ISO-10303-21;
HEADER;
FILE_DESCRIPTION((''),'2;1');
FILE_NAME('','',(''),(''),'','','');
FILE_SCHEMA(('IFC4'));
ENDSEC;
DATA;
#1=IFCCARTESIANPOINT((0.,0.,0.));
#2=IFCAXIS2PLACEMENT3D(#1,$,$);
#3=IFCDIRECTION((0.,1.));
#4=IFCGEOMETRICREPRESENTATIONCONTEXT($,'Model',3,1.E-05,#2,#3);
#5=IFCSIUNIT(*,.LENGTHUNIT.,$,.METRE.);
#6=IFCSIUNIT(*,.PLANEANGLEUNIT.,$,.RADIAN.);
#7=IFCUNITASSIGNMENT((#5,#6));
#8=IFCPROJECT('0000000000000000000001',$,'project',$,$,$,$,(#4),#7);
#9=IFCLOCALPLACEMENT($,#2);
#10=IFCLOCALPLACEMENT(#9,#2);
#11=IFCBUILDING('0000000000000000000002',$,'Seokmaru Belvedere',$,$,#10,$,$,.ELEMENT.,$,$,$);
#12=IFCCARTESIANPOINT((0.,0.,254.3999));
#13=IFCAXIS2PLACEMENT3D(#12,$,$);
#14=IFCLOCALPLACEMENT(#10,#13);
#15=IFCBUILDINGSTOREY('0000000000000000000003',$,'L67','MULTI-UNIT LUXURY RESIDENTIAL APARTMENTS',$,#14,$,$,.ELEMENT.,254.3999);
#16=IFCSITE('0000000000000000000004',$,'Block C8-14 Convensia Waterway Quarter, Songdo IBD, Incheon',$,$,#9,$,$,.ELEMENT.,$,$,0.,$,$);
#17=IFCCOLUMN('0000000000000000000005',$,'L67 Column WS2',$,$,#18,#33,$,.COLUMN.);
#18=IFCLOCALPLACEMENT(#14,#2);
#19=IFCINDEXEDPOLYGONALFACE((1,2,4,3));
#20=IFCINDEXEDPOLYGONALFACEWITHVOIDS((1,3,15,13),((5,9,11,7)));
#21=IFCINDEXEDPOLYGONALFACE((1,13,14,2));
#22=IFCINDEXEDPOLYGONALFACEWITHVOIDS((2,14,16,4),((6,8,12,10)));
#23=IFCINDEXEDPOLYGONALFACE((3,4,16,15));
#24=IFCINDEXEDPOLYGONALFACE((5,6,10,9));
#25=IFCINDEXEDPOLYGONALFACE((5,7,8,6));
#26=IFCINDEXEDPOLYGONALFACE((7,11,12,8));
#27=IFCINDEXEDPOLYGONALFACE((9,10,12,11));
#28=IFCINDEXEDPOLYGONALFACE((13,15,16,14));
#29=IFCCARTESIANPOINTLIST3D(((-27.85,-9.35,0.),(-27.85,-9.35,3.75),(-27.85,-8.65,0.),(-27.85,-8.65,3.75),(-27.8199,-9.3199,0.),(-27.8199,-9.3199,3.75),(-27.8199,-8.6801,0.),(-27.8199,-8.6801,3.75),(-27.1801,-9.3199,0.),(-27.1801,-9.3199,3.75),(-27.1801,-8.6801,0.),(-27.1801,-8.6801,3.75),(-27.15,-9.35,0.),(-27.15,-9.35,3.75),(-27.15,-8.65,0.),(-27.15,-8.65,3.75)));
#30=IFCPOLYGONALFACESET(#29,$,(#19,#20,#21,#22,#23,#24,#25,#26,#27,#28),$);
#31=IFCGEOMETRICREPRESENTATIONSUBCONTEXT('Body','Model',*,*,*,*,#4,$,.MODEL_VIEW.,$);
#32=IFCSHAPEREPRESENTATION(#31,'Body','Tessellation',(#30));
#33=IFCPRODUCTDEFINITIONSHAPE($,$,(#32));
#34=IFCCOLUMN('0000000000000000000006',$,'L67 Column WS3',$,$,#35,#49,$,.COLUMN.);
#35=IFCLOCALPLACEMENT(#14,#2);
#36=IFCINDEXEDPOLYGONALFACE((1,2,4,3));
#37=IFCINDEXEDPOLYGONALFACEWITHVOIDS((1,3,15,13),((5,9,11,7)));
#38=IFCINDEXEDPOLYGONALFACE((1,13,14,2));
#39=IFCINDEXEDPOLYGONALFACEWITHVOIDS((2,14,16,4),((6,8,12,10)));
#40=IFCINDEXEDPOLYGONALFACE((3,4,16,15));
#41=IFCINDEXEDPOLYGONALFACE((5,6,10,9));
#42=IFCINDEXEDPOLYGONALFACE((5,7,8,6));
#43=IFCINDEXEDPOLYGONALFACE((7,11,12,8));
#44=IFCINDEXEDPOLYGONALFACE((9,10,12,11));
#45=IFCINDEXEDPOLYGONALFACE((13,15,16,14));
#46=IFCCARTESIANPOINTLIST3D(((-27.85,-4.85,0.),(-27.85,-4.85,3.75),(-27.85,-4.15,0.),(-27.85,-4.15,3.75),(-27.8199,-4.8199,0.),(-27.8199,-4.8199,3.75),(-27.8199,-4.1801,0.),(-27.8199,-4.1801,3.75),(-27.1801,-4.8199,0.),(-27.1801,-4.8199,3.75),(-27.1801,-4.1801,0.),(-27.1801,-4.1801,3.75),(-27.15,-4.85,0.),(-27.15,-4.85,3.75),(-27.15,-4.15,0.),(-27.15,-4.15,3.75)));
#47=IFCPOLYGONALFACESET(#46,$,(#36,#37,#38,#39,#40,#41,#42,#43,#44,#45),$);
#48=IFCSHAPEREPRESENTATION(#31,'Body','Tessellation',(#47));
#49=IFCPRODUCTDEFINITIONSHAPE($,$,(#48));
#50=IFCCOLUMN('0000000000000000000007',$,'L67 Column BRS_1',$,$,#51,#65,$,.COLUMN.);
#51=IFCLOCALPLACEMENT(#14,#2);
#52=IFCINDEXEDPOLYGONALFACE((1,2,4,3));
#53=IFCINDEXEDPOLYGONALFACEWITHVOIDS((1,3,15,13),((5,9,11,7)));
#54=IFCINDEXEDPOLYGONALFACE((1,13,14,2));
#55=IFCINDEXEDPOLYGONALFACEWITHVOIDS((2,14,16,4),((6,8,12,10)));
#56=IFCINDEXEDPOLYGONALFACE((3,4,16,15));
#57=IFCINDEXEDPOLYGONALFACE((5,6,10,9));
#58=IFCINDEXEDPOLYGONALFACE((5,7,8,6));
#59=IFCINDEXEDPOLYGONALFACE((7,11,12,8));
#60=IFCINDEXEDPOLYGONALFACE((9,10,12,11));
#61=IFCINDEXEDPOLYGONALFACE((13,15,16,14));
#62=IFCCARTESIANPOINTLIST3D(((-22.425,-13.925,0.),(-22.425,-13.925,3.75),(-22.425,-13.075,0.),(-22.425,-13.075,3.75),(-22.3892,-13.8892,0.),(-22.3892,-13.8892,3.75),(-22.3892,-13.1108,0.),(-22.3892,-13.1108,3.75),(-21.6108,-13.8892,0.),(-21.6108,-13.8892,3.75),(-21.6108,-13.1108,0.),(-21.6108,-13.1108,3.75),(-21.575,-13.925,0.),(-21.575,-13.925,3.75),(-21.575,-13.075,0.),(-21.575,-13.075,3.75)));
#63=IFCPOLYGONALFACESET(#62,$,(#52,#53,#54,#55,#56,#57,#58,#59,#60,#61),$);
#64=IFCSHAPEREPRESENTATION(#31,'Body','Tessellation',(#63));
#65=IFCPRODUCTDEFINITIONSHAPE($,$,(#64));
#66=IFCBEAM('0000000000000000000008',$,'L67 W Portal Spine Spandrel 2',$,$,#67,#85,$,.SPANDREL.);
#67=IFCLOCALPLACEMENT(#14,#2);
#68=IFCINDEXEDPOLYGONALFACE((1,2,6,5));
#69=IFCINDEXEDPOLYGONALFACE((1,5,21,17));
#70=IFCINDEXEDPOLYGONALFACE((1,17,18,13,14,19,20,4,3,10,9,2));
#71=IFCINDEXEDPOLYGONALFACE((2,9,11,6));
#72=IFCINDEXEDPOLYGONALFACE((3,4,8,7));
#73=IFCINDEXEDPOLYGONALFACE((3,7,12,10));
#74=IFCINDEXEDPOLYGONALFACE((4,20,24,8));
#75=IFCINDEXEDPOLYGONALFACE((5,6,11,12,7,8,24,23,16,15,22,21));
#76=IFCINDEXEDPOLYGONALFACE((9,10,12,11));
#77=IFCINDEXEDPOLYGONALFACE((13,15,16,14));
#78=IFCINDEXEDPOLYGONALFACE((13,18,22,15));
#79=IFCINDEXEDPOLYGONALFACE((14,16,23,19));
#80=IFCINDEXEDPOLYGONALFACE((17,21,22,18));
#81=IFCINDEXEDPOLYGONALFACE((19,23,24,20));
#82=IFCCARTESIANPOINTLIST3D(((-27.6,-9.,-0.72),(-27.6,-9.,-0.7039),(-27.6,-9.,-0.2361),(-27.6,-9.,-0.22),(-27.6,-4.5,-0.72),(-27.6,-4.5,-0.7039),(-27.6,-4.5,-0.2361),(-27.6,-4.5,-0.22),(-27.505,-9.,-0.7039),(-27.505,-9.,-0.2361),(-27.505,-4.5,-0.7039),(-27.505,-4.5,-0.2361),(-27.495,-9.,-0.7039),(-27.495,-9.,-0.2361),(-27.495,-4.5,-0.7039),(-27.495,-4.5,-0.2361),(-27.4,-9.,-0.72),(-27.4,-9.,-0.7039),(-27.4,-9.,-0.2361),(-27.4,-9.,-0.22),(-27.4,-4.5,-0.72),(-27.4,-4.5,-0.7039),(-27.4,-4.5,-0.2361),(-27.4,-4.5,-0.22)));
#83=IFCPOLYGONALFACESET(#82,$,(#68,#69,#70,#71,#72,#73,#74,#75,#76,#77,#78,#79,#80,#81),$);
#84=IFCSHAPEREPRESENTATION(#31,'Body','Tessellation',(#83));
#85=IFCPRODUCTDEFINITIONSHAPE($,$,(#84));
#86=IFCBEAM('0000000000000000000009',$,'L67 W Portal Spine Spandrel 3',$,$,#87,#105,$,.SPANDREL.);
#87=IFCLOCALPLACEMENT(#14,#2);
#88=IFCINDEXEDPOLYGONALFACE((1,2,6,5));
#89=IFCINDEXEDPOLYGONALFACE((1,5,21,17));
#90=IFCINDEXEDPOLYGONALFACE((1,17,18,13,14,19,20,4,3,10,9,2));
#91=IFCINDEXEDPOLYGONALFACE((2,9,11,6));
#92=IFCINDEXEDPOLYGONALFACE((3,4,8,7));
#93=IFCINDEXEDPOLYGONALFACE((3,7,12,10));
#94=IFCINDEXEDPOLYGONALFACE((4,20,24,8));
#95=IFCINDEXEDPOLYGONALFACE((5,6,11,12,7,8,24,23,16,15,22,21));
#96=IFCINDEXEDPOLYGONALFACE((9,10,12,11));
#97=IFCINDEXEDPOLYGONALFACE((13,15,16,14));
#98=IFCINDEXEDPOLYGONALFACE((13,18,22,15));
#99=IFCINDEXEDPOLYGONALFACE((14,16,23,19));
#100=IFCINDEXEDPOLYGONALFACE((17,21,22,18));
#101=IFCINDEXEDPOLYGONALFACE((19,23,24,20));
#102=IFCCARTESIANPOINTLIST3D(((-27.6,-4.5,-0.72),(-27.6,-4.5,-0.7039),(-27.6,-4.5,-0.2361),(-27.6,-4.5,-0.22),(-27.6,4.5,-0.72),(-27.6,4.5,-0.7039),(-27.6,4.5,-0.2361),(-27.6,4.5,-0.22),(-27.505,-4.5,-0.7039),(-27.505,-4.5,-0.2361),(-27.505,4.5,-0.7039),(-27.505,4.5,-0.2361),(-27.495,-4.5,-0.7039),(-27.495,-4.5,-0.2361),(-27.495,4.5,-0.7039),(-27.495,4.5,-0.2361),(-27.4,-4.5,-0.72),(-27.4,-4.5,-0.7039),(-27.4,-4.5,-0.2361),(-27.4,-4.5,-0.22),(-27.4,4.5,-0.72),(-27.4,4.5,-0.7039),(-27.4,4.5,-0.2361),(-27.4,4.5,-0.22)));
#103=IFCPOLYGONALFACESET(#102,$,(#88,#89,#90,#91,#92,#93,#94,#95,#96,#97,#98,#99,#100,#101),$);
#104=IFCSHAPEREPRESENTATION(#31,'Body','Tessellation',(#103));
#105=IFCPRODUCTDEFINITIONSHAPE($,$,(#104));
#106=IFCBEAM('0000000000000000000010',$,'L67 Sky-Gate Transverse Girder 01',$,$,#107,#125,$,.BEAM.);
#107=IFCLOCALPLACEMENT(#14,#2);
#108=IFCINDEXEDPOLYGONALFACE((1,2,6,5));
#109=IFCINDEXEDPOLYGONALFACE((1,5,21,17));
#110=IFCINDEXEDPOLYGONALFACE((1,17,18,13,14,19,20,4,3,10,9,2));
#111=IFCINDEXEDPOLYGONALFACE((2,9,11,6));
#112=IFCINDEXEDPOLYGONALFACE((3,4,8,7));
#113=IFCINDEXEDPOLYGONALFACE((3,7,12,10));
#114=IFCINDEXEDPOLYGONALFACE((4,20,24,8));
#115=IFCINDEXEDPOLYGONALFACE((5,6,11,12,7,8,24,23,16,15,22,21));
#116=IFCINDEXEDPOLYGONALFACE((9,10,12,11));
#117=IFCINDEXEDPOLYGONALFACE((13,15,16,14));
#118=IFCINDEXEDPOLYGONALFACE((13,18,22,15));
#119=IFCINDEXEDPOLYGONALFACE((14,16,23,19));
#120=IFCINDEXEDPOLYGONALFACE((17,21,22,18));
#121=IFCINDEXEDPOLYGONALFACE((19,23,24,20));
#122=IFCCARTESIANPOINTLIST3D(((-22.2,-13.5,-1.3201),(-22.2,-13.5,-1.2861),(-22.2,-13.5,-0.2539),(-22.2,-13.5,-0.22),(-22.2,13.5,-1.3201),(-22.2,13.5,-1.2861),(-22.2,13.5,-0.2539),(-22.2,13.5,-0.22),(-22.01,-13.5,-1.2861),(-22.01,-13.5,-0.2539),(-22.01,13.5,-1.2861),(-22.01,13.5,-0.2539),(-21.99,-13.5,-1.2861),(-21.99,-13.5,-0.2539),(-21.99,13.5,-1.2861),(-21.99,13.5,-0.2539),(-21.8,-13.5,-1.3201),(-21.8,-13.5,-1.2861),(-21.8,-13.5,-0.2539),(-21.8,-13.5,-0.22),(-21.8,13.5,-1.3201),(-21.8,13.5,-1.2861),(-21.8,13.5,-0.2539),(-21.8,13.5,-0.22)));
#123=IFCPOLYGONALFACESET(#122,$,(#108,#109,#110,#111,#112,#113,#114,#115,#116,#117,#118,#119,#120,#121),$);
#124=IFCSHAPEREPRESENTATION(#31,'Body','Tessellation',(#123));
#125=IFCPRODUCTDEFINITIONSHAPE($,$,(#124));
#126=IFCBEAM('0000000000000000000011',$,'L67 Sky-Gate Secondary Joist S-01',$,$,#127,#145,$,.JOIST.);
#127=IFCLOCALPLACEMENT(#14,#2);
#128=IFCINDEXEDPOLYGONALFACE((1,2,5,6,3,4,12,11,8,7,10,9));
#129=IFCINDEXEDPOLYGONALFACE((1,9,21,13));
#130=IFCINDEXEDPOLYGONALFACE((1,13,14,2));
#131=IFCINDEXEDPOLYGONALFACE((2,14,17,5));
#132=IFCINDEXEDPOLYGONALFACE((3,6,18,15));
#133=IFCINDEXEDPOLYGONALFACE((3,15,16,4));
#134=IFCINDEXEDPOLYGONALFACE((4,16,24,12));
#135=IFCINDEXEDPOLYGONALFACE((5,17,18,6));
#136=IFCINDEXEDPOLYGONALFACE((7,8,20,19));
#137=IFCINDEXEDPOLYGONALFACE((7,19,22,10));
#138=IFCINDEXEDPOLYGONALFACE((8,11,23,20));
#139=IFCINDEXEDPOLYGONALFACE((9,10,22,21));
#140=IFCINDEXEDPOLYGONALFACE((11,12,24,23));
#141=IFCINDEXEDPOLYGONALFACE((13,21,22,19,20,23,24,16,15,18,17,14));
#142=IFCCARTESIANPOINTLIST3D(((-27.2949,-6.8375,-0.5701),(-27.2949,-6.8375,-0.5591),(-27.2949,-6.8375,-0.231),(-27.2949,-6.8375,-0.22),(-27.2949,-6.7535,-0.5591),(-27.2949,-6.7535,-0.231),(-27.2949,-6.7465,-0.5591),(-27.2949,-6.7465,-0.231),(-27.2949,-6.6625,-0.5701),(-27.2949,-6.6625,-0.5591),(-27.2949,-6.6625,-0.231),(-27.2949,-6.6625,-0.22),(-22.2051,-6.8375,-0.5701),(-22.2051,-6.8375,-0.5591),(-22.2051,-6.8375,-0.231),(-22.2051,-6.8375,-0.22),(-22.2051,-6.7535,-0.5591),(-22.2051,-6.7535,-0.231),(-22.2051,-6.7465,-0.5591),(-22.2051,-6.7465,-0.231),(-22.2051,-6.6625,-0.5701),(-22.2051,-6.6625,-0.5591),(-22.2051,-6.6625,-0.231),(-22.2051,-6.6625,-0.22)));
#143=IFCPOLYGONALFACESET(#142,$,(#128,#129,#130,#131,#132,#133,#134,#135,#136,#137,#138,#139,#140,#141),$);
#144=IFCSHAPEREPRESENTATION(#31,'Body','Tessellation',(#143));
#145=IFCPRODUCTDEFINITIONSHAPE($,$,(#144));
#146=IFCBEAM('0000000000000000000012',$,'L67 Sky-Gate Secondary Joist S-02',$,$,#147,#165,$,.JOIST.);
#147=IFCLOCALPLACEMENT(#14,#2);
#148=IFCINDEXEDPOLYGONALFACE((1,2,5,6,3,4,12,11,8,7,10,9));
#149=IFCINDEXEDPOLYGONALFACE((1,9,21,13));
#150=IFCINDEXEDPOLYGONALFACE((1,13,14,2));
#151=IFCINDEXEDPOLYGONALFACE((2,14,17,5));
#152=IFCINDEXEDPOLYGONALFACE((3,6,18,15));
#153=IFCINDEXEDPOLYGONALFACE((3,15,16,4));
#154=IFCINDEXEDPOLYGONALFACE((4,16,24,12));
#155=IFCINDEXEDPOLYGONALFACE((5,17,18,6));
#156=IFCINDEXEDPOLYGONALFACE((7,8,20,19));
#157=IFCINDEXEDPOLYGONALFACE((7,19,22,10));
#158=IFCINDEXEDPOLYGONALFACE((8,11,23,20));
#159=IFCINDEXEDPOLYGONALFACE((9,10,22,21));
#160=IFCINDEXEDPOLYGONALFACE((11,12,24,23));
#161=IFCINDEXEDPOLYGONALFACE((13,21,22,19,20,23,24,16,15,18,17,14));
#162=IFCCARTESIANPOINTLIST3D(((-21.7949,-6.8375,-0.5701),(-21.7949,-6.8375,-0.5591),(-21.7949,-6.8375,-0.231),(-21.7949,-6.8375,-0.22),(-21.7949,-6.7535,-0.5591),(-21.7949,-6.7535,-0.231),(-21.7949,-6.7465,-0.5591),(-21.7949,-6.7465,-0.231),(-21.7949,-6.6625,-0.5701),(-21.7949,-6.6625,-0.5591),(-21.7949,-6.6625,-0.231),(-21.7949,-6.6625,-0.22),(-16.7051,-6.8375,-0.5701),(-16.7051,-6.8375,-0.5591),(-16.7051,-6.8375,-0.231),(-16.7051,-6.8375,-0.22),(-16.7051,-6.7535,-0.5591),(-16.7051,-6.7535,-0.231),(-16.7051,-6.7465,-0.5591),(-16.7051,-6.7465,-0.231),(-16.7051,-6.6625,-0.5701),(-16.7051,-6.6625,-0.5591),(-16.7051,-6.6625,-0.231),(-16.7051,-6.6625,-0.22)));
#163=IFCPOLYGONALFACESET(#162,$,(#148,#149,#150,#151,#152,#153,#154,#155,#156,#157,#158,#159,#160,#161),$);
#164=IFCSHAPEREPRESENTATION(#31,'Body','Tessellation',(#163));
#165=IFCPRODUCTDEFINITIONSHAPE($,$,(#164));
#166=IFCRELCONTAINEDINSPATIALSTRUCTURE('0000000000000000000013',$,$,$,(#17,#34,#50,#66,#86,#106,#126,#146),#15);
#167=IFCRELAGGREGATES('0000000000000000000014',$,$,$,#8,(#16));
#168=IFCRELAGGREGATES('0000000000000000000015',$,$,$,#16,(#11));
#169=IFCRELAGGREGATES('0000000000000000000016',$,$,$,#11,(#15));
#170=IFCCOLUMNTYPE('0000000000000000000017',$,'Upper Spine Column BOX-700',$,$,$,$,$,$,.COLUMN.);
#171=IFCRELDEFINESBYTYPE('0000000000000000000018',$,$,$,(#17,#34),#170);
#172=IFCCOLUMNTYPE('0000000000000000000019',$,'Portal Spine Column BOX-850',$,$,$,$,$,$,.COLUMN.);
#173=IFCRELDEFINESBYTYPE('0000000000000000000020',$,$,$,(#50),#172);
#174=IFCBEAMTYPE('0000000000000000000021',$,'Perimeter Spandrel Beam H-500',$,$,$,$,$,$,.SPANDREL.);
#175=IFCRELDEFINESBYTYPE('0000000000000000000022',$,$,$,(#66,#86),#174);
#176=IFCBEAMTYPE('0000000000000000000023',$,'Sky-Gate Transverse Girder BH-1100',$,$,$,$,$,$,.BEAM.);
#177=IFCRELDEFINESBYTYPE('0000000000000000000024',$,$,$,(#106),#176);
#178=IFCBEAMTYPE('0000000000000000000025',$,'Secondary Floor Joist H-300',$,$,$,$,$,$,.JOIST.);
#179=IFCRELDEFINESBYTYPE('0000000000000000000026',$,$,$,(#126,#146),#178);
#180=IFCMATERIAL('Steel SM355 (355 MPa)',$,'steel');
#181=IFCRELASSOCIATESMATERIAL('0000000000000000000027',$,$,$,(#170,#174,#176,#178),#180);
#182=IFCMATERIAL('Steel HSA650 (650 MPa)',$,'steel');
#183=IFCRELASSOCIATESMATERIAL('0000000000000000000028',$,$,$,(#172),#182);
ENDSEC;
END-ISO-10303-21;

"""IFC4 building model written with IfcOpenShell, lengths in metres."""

from ifc_helpers import new_model, si_unit, direction, frame, origin, origin_2d, place, context, subcontext, project, spatial, hollow_rectangle, i_section, extrude, source, transform, mapped, material, material_profile, profile_set, type_object, type_shapes, element, save


model = new_model("IFC4")

# Units and contexts
model_context = context("Model", 3, precision=1e-05, world=origin(), true_north=direction((0.0, 1.0)))
body_context = subcontext(model_context, "Body", "Model", "MODEL_VIEW")
ifc_project = project(units=[si_unit("LENGTHUNIT", "METRE"), si_unit("PLANEANGLEUNIT", "RADIAN")], contexts=[model_context])

# Site, building, storey
site_placement = place(None, origin())
site = spatial("IfcSite", under=ifc_project, at=site_placement, Name="Block C8-14 Convensia Waterway Quarter, Songdo IBD, Incheon", CompositionType="ELEMENT", RefElevation=0.0)
building_placement = place(site_placement, origin())
building = spatial("IfcBuilding", under=site, at=building_placement, Name="Seokmaru Belvedere", CompositionType="ELEMENT")
storey_placement = place(building_placement, frame((0.0, 0.0, 254.3999)))
storey = spatial("IfcBuildingStorey", under=building, at=storey_placement, Name="L67", Description="MULTI-UNIT LUXURY RESIDENTIAL APARTMENTS", CompositionType="ELEMENT", Elevation=254.3999)

# Columns
ifc_material_1 = material(Name="Steel SM355 (355 MPa)", Category="steel")
ifc_material_profile_1 = material_profile(ifc_material_1, hollow_rectangle(XDim=0.7, YDim=0.7, WallThickness=0.03, at=origin_2d()), Name="BOX-700x700x30")
ifc_profile_set_1 = profile_set([ifc_material_profile_1], Name="Steel SM355 (355 MPa)")
column_type_1 = type_object("IfcColumnType", Name="Upper Spine Column BOX-700", PredefinedType="COLUMN", material=ifc_profile_set_1)
shared_shape_1 = source(origin(), body_context, "Body", "SweptSolid", [
    extrude(hollow_rectangle(XDim=0.7, YDim=0.7, WallThickness=0.03, at=origin_2d()), origin(), (0.0, 0.0, 1.0), 3.75),
])
type_shapes(column_type_1, [shared_shape_1])
for number, where, z_axis, x_axis, name in (
    (1, (-27.5, -9.0, 0.0), (0.0, 0.0, 1.0), (1.0, 0.0, 0.0), "L67 Column WS2"),
    (2, (-27.5, -4.5, 0.0), (0.0, 0.0, 1.0), (1.0, 0.0, 0.0), "L67 Column WS3"),
):
    element("IfcColumn", number, at=place(storey_placement, frame(where, z_axis=z_axis, x_axis=x_axis)), inside=storey, type_object=column_type_1, Name=name, PredefinedType="COLUMN", context=body_context, shape_type="MappedRepresentation", body=[
        mapped(shared_shape_1, transform((0.0, 0.0, 0.0), scale=1.0)),
    ])
ifc_material_2 = material(Name="Steel HSA650 (650 MPa)", Category="steel")
ifc_material_profile_2 = material_profile(ifc_material_2, hollow_rectangle(XDim=0.8501, YDim=0.8501, WallThickness=0.0359, at=origin_2d()), Name="BOX-850x850x36")
ifc_profile_set_2 = profile_set([ifc_material_profile_2], Name="Steel HSA650 (650 MPa)")
column_type_2 = type_object("IfcColumnType", Name="Portal Spine Column BOX-850", PredefinedType="COLUMN", material=ifc_profile_set_2)
shared_shape_2 = source(origin(), body_context, "Body", "SweptSolid", [
    extrude(hollow_rectangle(XDim=0.8501, YDim=0.8501, WallThickness=0.0359, at=origin_2d()), origin(), (0.0, 0.0, 1.0), 3.75),
])
type_shapes(column_type_2, [shared_shape_2])
column_placement = place(storey_placement, frame((-22.0, -13.5, 0.0), z_axis=(0.0, 0.0, 1.0), x_axis=(1.0, 0.0, 0.0)))
element("IfcColumn", 3, at=column_placement, inside=storey, type_object=column_type_2, Name="L67 Column BRS_1", PredefinedType="COLUMN", context=body_context, shape_type="MappedRepresentation", body=[
    mapped(shared_shape_2, transform((0.0, 0.0, 0.0), scale=1.0)),
])

# Beams
ifc_material_profile_3 = material_profile(ifc_material_1, i_section(OverallWidth=0.2, OverallDepth=0.5, WebThickness=0.01, FlangeThickness=0.0161, at=origin_2d()), Name="H-500x200x10x16")
ifc_profile_set_3 = profile_set([ifc_material_profile_3], Name="Steel SM355 (355 MPa)")
beam_type_1 = type_object("IfcBeamType", Name="Perimeter Spandrel Beam H-500", PredefinedType="SPANDREL", material=ifc_profile_set_3)
shared_shape_3 = source(origin(), body_context, "Body", "SweptSolid", [
    extrude(i_section(OverallWidth=0.2, OverallDepth=0.5, WebThickness=0.01, FlangeThickness=0.0161, at=origin_2d()), origin(), (0.0, 0.0, 1.0), 4.5),
])
beam_1_placement = place(storey_placement, frame((-27.5, -9.0, -0.47), z_axis=(0.0, 1.0, 0.0), x_axis=(-1.0, 0.0, 0.0)))
element("IfcBeam", 4, at=beam_1_placement, inside=storey, type_object=beam_type_1, Name="L67 W Portal Spine Spandrel 2", PredefinedType="SPANDREL", context=body_context, shape_type="MappedRepresentation", body=[
    mapped(shared_shape_3, transform((0.0, 0.0, 0.0), scale=1.0)),
])
shared_shape_4 = source(origin(), body_context, "Body", "SweptSolid", [
    extrude(i_section(OverallWidth=0.2, OverallDepth=0.5, WebThickness=0.01, FlangeThickness=0.0161, at=origin_2d()), origin(), (0.0, 0.0, 1.0), 9.0),
])
type_shapes(beam_type_1, [shared_shape_3, shared_shape_4])
beam_2_placement = place(storey_placement, frame((-27.5, -4.5, -0.47), z_axis=(0.0, 1.0, 0.0), x_axis=(-1.0, 0.0, 0.0)))
element("IfcBeam", 5, at=beam_2_placement, inside=storey, type_object=beam_type_1, Name="L67 W Portal Spine Spandrel 3", PredefinedType="SPANDREL", context=body_context, shape_type="MappedRepresentation", body=[
    mapped(shared_shape_4, transform((0.0, 0.0, 0.0), scale=1.0)),
])
ifc_material_profile_4 = material_profile(ifc_material_1, i_section(OverallWidth=0.3999, OverallDepth=1.1001, WebThickness=0.02, FlangeThickness=0.0339, at=origin_2d()), Name="BH-1100x400x20x34")
ifc_profile_set_4 = profile_set([ifc_material_profile_4], Name="Steel SM355 (355 MPa)")
beam_type_2 = type_object("IfcBeamType", Name="Sky-Gate Transverse Girder BH-1100", PredefinedType="BEAM", material=ifc_profile_set_4)
shared_shape_5 = source(origin(), body_context, "Body", "SweptSolid", [
    extrude(i_section(OverallWidth=0.3999, OverallDepth=1.1001, WebThickness=0.02, FlangeThickness=0.0339, at=origin_2d()), origin(), (0.0, 0.0, 1.0), 27.0),
])
type_shapes(beam_type_2, [shared_shape_5])
beam_3_placement = place(storey_placement, frame((-22.0, -13.5, -0.77), z_axis=(0.0, 1.0, 0.0), x_axis=(-1.0, 0.0, 0.0)))
element("IfcBeam", 6, at=beam_3_placement, inside=storey, type_object=beam_type_2, Name="L67 Sky-Gate Transverse Girder 01", PredefinedType="BEAM", context=body_context, shape_type="MappedRepresentation", body=[
    mapped(shared_shape_5, transform((0.0, 0.0, 0.0), scale=1.0)),
])
ifc_material_profile_5 = material_profile(ifc_material_1, i_section(OverallWidth=0.175, OverallDepth=0.3501, WebThickness=0.0071, FlangeThickness=0.011, at=origin_2d()), Name="H-350x175x7x11")
ifc_profile_set_5 = profile_set([ifc_material_profile_5], Name="Steel SM355 (355 MPa)")
beam_type_3 = type_object("IfcBeamType", Name="Secondary Floor Joist H-300", PredefinedType="JOIST", material=ifc_profile_set_5)
shared_shape_6 = source(origin(), body_context, "Body", "SweptSolid", [
    extrude(i_section(OverallWidth=0.175, OverallDepth=0.3501, WebThickness=0.0071, FlangeThickness=0.011, at=origin_2d()), origin(), (0.0, 0.0, 1.0), 5.0898),
])
type_shapes(beam_type_3, [shared_shape_6])
for number, where, z_axis, x_axis, name in (
    (7, (-27.2949, -6.75, -0.395), (1.0, 0.0, 0.0), (0.0, 1.0, 0.0), "L67 Sky-Gate Secondary Joist S-01"),
    (8, (-21.7949, -6.75, -0.395), (1.0, 0.0, 0.0), (0.0, 1.0, 0.0), "L67 Sky-Gate Secondary Joist S-02"),
):
    element("IfcBeam", number, at=place(storey_placement, frame(where, z_axis=z_axis, x_axis=x_axis)), inside=storey, type_object=beam_type_3, Name=name, PredefinedType="JOIST", context=body_context, shape_type="MappedRepresentation", body=[
        mapped(shared_shape_6, transform((0.0, 0.0, 0.0), scale=1.0)),
    ])

save(model, "model.ifc")
